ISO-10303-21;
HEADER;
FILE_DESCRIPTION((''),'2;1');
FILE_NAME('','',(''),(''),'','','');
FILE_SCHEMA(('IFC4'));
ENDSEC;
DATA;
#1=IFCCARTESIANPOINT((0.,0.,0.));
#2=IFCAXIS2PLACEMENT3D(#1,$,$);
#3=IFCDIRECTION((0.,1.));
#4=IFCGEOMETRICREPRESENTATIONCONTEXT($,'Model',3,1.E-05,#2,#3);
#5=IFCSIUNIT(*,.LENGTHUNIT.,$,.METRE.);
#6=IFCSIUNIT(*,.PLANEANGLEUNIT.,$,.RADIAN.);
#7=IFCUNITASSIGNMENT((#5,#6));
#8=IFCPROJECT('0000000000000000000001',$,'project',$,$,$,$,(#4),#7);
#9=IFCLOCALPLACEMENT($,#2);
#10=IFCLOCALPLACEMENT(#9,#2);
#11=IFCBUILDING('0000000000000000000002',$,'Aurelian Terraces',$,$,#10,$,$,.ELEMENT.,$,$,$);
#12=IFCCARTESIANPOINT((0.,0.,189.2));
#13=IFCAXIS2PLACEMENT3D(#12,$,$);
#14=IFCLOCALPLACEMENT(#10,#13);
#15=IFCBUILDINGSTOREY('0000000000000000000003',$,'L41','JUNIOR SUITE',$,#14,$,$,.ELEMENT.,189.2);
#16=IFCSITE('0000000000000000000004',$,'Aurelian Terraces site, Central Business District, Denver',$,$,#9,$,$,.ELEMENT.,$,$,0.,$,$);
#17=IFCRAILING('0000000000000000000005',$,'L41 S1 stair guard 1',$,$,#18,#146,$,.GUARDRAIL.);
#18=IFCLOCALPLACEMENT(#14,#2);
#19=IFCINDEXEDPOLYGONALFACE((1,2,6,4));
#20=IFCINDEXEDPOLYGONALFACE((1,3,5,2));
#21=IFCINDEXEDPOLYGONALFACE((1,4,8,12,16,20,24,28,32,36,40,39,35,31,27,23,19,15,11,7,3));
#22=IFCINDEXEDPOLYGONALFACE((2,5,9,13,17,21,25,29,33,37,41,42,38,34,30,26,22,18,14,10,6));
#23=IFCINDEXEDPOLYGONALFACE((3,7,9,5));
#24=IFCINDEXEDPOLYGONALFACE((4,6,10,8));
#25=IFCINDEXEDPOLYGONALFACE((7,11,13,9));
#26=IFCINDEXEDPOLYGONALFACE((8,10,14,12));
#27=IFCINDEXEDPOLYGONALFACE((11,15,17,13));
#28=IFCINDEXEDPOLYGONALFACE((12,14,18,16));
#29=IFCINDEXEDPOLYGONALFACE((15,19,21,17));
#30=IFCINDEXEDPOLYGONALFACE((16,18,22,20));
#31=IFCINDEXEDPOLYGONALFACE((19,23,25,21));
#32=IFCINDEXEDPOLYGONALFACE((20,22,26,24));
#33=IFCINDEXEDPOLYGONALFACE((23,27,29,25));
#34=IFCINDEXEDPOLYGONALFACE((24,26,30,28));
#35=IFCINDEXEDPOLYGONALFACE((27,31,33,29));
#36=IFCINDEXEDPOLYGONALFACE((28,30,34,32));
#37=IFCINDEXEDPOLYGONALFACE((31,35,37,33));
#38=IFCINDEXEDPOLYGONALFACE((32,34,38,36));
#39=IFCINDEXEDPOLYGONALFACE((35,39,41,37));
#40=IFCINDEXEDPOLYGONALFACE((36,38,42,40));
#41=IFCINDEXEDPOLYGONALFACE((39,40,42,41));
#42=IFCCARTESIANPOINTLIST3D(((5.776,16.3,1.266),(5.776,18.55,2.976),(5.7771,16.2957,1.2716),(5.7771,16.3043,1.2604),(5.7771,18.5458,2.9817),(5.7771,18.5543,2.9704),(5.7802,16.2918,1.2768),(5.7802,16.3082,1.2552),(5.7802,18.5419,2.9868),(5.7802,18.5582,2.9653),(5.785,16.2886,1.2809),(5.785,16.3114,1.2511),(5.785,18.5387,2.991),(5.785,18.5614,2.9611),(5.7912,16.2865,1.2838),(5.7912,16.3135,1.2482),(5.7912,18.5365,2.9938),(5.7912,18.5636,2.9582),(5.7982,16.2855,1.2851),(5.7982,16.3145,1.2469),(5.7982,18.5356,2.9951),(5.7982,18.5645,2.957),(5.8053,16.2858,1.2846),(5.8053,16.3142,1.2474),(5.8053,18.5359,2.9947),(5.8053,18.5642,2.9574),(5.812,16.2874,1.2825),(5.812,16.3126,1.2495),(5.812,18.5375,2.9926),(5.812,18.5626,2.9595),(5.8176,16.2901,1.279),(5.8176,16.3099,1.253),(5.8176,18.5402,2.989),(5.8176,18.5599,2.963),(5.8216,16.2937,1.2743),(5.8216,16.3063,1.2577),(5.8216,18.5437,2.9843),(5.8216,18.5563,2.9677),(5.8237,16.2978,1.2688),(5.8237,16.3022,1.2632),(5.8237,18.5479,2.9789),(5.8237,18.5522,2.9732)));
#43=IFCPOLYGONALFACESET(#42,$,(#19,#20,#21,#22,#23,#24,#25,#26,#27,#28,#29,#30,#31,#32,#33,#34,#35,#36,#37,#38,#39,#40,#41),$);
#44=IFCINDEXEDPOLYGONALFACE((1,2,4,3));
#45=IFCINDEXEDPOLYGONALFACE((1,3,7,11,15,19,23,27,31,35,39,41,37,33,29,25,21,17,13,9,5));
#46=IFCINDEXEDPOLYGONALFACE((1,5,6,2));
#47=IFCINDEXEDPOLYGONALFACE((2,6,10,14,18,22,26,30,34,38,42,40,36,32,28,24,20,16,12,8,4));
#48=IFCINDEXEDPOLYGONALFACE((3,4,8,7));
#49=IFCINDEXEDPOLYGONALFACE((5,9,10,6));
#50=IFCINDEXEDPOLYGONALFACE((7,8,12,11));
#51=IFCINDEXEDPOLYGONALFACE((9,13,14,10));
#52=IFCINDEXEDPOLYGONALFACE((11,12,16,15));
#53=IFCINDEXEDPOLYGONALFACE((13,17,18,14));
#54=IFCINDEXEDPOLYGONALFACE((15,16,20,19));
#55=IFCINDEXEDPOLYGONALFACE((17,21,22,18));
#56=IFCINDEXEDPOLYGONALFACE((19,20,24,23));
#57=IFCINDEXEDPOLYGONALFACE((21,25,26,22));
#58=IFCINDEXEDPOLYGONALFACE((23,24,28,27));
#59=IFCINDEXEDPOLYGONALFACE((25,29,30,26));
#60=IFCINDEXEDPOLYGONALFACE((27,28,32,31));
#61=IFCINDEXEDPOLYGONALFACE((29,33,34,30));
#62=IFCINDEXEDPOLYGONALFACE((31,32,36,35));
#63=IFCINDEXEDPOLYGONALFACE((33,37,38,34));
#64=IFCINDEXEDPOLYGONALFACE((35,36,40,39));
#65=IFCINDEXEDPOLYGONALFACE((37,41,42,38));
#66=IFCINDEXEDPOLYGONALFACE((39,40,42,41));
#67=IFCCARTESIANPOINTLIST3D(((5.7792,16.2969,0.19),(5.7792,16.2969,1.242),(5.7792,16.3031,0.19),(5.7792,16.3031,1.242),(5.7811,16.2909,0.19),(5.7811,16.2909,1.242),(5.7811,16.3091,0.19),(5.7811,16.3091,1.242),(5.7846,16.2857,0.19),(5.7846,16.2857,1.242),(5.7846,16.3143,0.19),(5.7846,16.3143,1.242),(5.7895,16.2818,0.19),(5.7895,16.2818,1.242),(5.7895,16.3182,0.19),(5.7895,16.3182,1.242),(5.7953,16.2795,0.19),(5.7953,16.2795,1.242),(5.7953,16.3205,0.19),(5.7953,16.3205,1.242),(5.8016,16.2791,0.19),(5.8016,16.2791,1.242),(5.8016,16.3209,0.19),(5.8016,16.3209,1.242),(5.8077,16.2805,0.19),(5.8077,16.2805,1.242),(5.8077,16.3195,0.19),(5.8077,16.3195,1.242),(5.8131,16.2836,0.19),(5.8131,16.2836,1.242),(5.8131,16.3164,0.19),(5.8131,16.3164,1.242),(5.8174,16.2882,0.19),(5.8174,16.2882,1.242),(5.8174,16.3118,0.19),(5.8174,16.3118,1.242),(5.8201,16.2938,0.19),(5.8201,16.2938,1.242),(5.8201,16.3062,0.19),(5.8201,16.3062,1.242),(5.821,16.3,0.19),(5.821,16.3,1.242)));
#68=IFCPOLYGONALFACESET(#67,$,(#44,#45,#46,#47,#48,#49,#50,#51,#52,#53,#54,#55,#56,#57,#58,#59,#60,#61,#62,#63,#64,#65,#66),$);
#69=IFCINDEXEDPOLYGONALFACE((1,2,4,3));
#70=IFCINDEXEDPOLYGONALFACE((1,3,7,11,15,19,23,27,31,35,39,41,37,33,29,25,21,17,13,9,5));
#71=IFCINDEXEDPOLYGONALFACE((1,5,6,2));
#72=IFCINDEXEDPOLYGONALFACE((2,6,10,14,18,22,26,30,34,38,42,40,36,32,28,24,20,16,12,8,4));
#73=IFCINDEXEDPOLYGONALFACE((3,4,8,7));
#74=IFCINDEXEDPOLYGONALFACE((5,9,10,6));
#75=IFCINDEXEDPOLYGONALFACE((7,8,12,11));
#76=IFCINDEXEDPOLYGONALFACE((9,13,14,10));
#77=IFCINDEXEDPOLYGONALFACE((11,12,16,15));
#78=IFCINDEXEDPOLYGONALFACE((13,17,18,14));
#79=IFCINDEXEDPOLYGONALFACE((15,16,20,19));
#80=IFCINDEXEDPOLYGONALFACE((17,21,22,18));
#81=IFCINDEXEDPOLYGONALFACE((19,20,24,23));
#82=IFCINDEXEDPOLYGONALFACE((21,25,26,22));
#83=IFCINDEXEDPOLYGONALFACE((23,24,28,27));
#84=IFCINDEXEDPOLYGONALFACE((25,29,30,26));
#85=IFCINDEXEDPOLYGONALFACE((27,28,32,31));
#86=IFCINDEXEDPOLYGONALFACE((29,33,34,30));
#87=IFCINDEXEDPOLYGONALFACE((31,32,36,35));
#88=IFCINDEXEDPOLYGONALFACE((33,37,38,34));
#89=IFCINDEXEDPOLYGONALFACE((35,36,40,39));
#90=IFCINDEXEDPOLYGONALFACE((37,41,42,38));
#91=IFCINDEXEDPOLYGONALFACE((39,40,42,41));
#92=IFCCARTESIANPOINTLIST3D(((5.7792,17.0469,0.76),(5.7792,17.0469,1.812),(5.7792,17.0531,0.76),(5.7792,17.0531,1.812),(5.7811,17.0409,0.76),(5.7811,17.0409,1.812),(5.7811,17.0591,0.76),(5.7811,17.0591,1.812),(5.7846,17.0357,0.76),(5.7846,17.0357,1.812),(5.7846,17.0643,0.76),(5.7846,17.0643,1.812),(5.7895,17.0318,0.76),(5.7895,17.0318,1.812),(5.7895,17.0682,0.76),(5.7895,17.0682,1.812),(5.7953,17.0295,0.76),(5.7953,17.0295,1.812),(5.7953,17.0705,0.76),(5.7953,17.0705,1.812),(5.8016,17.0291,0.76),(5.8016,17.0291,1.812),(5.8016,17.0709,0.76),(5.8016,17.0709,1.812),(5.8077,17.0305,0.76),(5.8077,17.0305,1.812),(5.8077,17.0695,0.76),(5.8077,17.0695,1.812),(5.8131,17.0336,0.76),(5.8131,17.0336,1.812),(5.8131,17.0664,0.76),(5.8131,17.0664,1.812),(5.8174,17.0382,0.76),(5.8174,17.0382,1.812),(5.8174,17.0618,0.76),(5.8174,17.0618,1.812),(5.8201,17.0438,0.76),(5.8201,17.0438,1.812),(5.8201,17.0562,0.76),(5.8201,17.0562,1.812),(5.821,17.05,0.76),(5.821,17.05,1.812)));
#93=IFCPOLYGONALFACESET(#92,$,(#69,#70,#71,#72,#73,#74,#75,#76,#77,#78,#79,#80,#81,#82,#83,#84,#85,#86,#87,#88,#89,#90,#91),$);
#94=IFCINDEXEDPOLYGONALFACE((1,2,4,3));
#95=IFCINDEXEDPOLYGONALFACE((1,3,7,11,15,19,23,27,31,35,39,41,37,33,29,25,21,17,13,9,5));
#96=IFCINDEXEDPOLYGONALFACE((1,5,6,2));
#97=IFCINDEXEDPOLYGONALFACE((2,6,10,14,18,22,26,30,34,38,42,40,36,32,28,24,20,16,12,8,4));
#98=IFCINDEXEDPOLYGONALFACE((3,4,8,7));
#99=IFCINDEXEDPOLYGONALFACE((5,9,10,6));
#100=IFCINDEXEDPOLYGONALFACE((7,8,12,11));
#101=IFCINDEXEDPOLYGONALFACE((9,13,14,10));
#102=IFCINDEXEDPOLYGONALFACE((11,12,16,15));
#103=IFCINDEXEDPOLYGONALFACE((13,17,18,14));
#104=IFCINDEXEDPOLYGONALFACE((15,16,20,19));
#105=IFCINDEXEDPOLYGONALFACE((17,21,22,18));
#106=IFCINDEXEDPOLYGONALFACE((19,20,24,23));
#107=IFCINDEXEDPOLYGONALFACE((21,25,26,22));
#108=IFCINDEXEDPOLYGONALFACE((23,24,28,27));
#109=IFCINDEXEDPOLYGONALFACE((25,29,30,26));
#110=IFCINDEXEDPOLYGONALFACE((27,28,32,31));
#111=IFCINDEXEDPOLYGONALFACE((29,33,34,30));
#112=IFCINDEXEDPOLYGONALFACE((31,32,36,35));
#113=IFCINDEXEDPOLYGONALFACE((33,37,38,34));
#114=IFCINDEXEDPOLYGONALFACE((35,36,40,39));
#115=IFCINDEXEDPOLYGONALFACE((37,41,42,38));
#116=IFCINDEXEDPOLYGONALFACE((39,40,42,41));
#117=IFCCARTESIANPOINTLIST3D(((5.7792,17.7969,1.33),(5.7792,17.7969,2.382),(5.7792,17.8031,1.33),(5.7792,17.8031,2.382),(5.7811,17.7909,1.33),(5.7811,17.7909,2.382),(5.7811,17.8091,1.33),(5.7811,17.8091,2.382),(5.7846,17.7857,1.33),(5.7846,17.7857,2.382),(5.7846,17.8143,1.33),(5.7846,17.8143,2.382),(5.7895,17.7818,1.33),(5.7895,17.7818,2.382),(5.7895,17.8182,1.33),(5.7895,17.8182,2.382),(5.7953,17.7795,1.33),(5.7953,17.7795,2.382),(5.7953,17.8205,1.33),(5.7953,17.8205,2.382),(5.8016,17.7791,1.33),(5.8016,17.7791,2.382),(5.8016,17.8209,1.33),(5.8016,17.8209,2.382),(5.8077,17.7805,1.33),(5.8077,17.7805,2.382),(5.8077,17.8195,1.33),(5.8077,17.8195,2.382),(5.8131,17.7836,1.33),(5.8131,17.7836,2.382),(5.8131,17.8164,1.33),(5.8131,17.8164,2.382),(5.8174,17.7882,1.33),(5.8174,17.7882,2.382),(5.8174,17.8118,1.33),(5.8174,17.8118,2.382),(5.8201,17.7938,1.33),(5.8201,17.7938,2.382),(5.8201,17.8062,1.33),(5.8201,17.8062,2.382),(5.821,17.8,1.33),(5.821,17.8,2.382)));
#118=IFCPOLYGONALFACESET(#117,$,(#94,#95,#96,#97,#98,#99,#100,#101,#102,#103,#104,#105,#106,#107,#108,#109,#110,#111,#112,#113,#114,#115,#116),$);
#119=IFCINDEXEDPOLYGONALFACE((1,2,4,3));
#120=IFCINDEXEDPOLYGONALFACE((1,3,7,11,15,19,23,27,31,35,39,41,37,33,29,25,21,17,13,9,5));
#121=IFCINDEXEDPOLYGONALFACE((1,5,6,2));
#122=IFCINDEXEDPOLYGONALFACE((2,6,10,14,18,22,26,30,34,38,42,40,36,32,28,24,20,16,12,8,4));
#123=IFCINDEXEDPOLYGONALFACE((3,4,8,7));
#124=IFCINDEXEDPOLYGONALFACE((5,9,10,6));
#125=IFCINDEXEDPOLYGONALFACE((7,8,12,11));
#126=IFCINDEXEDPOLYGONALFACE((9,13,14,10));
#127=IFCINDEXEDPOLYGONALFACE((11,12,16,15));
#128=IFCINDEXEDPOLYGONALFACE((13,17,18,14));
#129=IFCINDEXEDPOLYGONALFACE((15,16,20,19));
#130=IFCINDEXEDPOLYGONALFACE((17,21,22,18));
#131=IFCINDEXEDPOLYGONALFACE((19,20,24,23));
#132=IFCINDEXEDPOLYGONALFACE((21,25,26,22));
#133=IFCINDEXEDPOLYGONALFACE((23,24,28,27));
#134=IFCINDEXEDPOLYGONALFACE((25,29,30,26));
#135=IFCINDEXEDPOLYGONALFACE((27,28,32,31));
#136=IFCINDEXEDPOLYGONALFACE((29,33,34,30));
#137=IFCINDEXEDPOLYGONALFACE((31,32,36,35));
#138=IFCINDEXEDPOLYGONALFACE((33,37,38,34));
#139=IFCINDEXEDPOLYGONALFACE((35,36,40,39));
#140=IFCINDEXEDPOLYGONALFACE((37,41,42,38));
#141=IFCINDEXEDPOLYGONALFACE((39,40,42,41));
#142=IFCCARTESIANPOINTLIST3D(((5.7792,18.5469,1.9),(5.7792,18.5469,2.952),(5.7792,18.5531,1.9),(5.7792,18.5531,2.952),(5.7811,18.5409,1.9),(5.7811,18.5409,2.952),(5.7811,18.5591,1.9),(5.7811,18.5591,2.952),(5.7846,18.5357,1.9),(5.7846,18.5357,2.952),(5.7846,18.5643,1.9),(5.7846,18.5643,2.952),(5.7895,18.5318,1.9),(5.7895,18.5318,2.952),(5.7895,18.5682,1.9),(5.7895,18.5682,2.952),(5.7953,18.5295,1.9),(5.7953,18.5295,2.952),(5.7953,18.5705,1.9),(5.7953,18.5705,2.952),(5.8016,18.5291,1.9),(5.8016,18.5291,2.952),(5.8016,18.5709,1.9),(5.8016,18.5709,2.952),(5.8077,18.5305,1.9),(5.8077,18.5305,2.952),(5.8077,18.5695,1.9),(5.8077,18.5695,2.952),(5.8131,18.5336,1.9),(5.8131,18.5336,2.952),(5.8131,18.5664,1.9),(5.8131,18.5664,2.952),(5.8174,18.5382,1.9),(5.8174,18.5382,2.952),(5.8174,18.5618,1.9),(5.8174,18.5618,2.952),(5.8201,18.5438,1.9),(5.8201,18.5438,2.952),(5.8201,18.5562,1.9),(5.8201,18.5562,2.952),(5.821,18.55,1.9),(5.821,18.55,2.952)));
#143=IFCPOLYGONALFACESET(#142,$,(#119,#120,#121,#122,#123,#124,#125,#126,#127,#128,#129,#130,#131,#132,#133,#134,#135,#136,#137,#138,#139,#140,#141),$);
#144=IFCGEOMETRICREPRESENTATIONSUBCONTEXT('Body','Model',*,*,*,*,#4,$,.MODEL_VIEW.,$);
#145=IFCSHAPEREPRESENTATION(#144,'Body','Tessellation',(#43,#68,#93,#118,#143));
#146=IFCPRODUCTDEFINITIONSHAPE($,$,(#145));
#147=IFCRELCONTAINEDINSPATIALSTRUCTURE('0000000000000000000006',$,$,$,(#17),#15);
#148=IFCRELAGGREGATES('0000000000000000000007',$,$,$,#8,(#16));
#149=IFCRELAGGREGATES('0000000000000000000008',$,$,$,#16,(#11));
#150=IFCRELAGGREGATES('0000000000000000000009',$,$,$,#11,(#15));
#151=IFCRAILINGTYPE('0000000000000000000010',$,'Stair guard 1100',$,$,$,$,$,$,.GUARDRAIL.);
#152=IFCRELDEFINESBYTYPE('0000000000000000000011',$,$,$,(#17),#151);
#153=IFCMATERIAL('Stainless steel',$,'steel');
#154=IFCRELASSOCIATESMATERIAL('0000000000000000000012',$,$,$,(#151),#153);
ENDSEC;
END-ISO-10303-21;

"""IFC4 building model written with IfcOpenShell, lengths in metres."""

from ifc_helpers import new_model, si_unit, direction, frame, origin, origin_2d, place, context, subcontext, project, spatial, circle, extrude, source, transform, mapped, material, type_object, element, save


model = new_model("IFC4")

# Units and contexts
model_context = context("Model", 3, precision=1e-05, world=origin(), true_north=direction((0.0, 1.0)))
body_context = subcontext(model_context, "Body", "Model", "MODEL_VIEW")
ifc_project = project(units=[si_unit("LENGTHUNIT", "METRE"), si_unit("PLANEANGLEUNIT", "RADIAN")], contexts=[model_context])

# Site, building, storey
site_placement = place(None, origin())
site = spatial("IfcSite", under=ifc_project, at=site_placement, Name="Aurelian Terraces site, Central Business District, Denver", CompositionType="ELEMENT", RefElevation=0.0)
building_placement = place(site_placement, origin())
building = spatial("IfcBuilding", under=site, at=building_placement, Name="Aurelian Terraces", CompositionType="ELEMENT")
storey_placement = place(building_placement, frame((0.0, 0.0, 189.2)))
storey = spatial("IfcBuildingStorey", under=building, at=storey_placement, Name="L41", Description="JUNIOR SUITE", CompositionType="ELEMENT", Elevation=189.2)

# Railing
ifc_material_1 = material(Name="Stainless steel", Category="steel")
railing_type_1 = type_object("IfcRailingType", Name="Stair guard 1100", PredefinedType="GUARDRAIL", material=ifc_material_1)
shared_shape_1 = source(origin(), body_context, "Body", "SweptSolid", [
    extrude(circle(Radius=0.024, at=origin_2d()), frame((0.0, 0.0, 1.076), z_axis=(0.0, 0.796162, 0.605083), x_axis=(-1.0, 0.0, 0.0)), (0.0, 0.0, 1.0), 2.8261),
    extrude(circle(Radius=0.021, at=origin_2d()), origin(), (0.0, 0.0, 1.0), 1.052),
    extrude(circle(Radius=0.021, at=origin_2d()), frame((0.0, 0.75, 0.57)), (0.0, 0.0, 1.0), 1.052),
    extrude(circle(Radius=0.021, at=origin_2d()), frame((0.0, 1.5, 1.14)), (0.0, 0.0, 1.0), 1.052),
    extrude(circle(Radius=0.021, at=origin_2d()), frame((0.0, 2.25, 1.71)), (0.0, 0.0, 1.0), 1.052),
])
railing_1_placement = place(storey_placement, frame((5.8, 16.3, 0.19)))
element("IfcRailing", 1, at=railing_1_placement, inside=storey, type_object=railing_type_1, Name="L41 S1 stair guard 1", PredefinedType="GUARDRAIL", context=body_context, shape_type="MappedRepresentation", body=[
    mapped(shared_shape_1, transform((0.0, 0.0, 0.0), scale=1.0)),
])

save(model, "model.ifc")
